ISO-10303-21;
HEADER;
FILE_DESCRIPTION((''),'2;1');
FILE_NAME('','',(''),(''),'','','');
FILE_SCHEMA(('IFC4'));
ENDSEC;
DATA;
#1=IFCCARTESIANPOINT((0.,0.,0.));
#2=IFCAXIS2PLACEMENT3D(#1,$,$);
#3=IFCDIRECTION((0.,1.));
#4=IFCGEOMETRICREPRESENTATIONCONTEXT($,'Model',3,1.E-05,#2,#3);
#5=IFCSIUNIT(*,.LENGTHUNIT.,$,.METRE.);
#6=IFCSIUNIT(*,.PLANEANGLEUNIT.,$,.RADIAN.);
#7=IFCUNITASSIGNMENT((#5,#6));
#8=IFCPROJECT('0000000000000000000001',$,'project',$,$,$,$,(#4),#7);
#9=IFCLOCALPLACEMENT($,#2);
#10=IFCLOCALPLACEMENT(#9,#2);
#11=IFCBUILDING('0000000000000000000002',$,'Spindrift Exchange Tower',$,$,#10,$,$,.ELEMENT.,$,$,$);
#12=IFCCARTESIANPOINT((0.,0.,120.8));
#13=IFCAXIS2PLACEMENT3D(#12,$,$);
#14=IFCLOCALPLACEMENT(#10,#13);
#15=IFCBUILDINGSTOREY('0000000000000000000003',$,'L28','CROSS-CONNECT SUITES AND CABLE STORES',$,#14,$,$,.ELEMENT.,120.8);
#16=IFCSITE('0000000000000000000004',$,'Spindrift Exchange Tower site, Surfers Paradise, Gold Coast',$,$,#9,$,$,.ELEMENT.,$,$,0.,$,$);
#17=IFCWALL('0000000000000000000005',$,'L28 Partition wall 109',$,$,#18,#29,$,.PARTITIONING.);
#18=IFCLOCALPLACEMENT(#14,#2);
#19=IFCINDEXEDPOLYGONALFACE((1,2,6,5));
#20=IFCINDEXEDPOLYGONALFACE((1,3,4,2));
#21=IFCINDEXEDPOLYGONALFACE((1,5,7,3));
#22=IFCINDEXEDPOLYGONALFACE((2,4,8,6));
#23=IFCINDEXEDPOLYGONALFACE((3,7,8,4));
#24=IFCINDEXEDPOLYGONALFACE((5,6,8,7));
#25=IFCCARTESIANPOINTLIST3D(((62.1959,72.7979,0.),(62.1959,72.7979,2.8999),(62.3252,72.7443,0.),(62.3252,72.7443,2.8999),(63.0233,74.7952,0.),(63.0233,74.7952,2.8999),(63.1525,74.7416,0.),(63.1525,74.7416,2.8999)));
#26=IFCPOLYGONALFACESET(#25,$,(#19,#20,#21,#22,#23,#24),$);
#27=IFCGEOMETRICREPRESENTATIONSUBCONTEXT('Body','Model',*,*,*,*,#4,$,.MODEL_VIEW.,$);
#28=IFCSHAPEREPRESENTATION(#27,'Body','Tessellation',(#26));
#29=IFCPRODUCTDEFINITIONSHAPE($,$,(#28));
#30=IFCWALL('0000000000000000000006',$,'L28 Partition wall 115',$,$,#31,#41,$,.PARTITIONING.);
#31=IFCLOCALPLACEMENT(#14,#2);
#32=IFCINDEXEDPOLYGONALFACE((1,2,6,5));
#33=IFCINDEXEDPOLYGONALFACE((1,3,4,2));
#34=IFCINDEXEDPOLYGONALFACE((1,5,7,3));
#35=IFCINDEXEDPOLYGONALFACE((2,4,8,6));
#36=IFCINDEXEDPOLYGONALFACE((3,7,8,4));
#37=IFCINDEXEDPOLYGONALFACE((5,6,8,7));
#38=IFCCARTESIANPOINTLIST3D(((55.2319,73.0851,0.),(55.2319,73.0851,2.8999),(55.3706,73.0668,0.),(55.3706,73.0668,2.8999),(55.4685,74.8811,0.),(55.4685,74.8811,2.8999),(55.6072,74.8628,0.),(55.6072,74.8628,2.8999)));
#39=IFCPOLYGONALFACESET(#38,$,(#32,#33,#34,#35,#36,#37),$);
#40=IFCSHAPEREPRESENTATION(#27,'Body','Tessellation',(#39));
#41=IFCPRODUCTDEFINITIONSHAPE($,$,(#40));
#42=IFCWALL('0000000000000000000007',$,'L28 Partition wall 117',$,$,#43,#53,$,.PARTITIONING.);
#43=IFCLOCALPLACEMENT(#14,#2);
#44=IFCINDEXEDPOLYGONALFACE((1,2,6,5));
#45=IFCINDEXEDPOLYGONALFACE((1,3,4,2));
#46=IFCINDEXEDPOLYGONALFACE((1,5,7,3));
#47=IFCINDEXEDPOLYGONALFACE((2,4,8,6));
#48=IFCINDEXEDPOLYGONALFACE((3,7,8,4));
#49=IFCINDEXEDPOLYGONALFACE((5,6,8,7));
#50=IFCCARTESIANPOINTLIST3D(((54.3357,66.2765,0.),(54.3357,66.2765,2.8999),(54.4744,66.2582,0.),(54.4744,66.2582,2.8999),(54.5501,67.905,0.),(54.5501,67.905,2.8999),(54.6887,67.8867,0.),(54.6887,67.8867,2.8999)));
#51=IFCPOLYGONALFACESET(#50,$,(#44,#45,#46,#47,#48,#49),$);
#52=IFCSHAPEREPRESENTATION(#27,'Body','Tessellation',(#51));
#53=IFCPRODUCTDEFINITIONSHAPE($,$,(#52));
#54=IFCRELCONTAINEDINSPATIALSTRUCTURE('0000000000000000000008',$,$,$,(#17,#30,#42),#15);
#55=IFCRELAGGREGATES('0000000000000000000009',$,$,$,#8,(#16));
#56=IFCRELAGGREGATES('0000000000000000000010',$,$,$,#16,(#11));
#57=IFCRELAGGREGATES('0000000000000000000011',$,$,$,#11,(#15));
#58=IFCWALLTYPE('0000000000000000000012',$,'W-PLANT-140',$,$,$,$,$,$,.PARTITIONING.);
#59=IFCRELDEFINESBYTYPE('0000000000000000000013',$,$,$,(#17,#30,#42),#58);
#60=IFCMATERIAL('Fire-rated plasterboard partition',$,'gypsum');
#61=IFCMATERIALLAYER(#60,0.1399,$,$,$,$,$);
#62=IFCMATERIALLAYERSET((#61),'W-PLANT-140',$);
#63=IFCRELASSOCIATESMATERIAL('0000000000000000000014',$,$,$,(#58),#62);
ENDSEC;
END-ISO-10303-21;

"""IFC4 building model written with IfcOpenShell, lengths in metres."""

from ifc_helpers import new_model, si_unit, direction, frame, frame_2d, origin, place, context, subcontext, project, spatial, rectangle, extrude, material, layer, layer_set, type_object, element, save


model = new_model("IFC4")

# Units and contexts
model_context = context("Model", 3, precision=1e-05, world=origin(), true_north=direction((0.0, 1.0)))
body_context = subcontext(model_context, "Body", "Model", "MODEL_VIEW")
ifc_project = project(units=[si_unit("LENGTHUNIT", "METRE"), si_unit("PLANEANGLEUNIT", "RADIAN")], contexts=[model_context])

# Site, building, storey
site_placement = place(None, origin())
site = spatial("IfcSite", under=ifc_project, at=site_placement, Name="Spindrift Exchange Tower site, Surfers Paradise, Gold Coast", CompositionType="ELEMENT", RefElevation=0.0)
building_placement = place(site_placement, origin())
building = spatial("IfcBuilding", under=site, at=building_placement, Name="Spindrift Exchange Tower", CompositionType="ELEMENT")
storey_placement = place(building_placement, frame((0.0, 0.0, 120.8)))
storey = spatial("IfcBuildingStorey", under=building, at=storey_placement, Name="L28", Description="CROSS-CONNECT SUITES AND CABLE STORES", CompositionType="ELEMENT", Elevation=120.8)

# Shared definitions
ifc_material_1 = material(Name="Fire-rated plasterboard partition", Category="gypsum")
ifc_layer_1 = layer(ifc_material_1, 0.1399)
ifc_layer_set_1 = layer_set([ifc_layer_1], Name="W-PLANT-140")
wall_type_1 = type_object("IfcWallType", Name="W-PLANT-140", PredefinedType="PARTITIONING", material=ifc_layer_set_1)

# Walls
wall_1_placement = place(storey_placement, frame((62.2605, 72.771, 0.0), z_axis=(0.0, 0.0, 1.0), x_axis=(0.382714, 0.923867, 0.0)))
element("IfcWall", 1, at=wall_1_placement, inside=storey, type_object=wall_type_1, Name="L28 Partition wall 109", PredefinedType="PARTITIONING", context=body_context, shape_type="SweptSolid", body=[
    extrude(rectangle(XDim=2.1619, YDim=0.1399, at=frame_2d((1.0811, 0.0))), origin(), (0.0, 0.0, 1.0), 2.8999),
])
wall_2_placement = place(storey_placement, frame((55.3013, 73.0759, 0.0), z_axis=(0.0, 0.0, 1.0), x_axis=(0.130601, 0.991435, 0.0)))
element("IfcWall", 2, at=wall_2_placement, inside=storey, type_object=wall_type_1, Name="L28 Partition wall 115", PredefinedType="PARTITIONING", context=body_context, shape_type="SweptSolid", body=[
    extrude(rectangle(XDim=1.8115, YDim=0.1399, at=frame_2d((0.9058, 0.0))), origin(), (0.0, 0.0, 1.0), 2.8999),
])
wall_3_placement = place(storey_placement, frame((54.405, 66.2673, 0.0), z_axis=(0.0, 0.0, 1.0), x_axis=(0.130508, 0.991447, 0.0)))
element("IfcWall", 3, at=wall_3_placement, inside=storey, type_object=wall_type_1, Name="L28 Partition wall 117", PredefinedType="PARTITIONING", context=body_context, shape_type="SweptSolid", body=[
    extrude(rectangle(XDim=1.6426, YDim=0.1399, at=frame_2d((0.8213, 0.0))), origin(), (0.0, 0.0, 1.0), 2.8999),
])

save(model, "model.ifc")
